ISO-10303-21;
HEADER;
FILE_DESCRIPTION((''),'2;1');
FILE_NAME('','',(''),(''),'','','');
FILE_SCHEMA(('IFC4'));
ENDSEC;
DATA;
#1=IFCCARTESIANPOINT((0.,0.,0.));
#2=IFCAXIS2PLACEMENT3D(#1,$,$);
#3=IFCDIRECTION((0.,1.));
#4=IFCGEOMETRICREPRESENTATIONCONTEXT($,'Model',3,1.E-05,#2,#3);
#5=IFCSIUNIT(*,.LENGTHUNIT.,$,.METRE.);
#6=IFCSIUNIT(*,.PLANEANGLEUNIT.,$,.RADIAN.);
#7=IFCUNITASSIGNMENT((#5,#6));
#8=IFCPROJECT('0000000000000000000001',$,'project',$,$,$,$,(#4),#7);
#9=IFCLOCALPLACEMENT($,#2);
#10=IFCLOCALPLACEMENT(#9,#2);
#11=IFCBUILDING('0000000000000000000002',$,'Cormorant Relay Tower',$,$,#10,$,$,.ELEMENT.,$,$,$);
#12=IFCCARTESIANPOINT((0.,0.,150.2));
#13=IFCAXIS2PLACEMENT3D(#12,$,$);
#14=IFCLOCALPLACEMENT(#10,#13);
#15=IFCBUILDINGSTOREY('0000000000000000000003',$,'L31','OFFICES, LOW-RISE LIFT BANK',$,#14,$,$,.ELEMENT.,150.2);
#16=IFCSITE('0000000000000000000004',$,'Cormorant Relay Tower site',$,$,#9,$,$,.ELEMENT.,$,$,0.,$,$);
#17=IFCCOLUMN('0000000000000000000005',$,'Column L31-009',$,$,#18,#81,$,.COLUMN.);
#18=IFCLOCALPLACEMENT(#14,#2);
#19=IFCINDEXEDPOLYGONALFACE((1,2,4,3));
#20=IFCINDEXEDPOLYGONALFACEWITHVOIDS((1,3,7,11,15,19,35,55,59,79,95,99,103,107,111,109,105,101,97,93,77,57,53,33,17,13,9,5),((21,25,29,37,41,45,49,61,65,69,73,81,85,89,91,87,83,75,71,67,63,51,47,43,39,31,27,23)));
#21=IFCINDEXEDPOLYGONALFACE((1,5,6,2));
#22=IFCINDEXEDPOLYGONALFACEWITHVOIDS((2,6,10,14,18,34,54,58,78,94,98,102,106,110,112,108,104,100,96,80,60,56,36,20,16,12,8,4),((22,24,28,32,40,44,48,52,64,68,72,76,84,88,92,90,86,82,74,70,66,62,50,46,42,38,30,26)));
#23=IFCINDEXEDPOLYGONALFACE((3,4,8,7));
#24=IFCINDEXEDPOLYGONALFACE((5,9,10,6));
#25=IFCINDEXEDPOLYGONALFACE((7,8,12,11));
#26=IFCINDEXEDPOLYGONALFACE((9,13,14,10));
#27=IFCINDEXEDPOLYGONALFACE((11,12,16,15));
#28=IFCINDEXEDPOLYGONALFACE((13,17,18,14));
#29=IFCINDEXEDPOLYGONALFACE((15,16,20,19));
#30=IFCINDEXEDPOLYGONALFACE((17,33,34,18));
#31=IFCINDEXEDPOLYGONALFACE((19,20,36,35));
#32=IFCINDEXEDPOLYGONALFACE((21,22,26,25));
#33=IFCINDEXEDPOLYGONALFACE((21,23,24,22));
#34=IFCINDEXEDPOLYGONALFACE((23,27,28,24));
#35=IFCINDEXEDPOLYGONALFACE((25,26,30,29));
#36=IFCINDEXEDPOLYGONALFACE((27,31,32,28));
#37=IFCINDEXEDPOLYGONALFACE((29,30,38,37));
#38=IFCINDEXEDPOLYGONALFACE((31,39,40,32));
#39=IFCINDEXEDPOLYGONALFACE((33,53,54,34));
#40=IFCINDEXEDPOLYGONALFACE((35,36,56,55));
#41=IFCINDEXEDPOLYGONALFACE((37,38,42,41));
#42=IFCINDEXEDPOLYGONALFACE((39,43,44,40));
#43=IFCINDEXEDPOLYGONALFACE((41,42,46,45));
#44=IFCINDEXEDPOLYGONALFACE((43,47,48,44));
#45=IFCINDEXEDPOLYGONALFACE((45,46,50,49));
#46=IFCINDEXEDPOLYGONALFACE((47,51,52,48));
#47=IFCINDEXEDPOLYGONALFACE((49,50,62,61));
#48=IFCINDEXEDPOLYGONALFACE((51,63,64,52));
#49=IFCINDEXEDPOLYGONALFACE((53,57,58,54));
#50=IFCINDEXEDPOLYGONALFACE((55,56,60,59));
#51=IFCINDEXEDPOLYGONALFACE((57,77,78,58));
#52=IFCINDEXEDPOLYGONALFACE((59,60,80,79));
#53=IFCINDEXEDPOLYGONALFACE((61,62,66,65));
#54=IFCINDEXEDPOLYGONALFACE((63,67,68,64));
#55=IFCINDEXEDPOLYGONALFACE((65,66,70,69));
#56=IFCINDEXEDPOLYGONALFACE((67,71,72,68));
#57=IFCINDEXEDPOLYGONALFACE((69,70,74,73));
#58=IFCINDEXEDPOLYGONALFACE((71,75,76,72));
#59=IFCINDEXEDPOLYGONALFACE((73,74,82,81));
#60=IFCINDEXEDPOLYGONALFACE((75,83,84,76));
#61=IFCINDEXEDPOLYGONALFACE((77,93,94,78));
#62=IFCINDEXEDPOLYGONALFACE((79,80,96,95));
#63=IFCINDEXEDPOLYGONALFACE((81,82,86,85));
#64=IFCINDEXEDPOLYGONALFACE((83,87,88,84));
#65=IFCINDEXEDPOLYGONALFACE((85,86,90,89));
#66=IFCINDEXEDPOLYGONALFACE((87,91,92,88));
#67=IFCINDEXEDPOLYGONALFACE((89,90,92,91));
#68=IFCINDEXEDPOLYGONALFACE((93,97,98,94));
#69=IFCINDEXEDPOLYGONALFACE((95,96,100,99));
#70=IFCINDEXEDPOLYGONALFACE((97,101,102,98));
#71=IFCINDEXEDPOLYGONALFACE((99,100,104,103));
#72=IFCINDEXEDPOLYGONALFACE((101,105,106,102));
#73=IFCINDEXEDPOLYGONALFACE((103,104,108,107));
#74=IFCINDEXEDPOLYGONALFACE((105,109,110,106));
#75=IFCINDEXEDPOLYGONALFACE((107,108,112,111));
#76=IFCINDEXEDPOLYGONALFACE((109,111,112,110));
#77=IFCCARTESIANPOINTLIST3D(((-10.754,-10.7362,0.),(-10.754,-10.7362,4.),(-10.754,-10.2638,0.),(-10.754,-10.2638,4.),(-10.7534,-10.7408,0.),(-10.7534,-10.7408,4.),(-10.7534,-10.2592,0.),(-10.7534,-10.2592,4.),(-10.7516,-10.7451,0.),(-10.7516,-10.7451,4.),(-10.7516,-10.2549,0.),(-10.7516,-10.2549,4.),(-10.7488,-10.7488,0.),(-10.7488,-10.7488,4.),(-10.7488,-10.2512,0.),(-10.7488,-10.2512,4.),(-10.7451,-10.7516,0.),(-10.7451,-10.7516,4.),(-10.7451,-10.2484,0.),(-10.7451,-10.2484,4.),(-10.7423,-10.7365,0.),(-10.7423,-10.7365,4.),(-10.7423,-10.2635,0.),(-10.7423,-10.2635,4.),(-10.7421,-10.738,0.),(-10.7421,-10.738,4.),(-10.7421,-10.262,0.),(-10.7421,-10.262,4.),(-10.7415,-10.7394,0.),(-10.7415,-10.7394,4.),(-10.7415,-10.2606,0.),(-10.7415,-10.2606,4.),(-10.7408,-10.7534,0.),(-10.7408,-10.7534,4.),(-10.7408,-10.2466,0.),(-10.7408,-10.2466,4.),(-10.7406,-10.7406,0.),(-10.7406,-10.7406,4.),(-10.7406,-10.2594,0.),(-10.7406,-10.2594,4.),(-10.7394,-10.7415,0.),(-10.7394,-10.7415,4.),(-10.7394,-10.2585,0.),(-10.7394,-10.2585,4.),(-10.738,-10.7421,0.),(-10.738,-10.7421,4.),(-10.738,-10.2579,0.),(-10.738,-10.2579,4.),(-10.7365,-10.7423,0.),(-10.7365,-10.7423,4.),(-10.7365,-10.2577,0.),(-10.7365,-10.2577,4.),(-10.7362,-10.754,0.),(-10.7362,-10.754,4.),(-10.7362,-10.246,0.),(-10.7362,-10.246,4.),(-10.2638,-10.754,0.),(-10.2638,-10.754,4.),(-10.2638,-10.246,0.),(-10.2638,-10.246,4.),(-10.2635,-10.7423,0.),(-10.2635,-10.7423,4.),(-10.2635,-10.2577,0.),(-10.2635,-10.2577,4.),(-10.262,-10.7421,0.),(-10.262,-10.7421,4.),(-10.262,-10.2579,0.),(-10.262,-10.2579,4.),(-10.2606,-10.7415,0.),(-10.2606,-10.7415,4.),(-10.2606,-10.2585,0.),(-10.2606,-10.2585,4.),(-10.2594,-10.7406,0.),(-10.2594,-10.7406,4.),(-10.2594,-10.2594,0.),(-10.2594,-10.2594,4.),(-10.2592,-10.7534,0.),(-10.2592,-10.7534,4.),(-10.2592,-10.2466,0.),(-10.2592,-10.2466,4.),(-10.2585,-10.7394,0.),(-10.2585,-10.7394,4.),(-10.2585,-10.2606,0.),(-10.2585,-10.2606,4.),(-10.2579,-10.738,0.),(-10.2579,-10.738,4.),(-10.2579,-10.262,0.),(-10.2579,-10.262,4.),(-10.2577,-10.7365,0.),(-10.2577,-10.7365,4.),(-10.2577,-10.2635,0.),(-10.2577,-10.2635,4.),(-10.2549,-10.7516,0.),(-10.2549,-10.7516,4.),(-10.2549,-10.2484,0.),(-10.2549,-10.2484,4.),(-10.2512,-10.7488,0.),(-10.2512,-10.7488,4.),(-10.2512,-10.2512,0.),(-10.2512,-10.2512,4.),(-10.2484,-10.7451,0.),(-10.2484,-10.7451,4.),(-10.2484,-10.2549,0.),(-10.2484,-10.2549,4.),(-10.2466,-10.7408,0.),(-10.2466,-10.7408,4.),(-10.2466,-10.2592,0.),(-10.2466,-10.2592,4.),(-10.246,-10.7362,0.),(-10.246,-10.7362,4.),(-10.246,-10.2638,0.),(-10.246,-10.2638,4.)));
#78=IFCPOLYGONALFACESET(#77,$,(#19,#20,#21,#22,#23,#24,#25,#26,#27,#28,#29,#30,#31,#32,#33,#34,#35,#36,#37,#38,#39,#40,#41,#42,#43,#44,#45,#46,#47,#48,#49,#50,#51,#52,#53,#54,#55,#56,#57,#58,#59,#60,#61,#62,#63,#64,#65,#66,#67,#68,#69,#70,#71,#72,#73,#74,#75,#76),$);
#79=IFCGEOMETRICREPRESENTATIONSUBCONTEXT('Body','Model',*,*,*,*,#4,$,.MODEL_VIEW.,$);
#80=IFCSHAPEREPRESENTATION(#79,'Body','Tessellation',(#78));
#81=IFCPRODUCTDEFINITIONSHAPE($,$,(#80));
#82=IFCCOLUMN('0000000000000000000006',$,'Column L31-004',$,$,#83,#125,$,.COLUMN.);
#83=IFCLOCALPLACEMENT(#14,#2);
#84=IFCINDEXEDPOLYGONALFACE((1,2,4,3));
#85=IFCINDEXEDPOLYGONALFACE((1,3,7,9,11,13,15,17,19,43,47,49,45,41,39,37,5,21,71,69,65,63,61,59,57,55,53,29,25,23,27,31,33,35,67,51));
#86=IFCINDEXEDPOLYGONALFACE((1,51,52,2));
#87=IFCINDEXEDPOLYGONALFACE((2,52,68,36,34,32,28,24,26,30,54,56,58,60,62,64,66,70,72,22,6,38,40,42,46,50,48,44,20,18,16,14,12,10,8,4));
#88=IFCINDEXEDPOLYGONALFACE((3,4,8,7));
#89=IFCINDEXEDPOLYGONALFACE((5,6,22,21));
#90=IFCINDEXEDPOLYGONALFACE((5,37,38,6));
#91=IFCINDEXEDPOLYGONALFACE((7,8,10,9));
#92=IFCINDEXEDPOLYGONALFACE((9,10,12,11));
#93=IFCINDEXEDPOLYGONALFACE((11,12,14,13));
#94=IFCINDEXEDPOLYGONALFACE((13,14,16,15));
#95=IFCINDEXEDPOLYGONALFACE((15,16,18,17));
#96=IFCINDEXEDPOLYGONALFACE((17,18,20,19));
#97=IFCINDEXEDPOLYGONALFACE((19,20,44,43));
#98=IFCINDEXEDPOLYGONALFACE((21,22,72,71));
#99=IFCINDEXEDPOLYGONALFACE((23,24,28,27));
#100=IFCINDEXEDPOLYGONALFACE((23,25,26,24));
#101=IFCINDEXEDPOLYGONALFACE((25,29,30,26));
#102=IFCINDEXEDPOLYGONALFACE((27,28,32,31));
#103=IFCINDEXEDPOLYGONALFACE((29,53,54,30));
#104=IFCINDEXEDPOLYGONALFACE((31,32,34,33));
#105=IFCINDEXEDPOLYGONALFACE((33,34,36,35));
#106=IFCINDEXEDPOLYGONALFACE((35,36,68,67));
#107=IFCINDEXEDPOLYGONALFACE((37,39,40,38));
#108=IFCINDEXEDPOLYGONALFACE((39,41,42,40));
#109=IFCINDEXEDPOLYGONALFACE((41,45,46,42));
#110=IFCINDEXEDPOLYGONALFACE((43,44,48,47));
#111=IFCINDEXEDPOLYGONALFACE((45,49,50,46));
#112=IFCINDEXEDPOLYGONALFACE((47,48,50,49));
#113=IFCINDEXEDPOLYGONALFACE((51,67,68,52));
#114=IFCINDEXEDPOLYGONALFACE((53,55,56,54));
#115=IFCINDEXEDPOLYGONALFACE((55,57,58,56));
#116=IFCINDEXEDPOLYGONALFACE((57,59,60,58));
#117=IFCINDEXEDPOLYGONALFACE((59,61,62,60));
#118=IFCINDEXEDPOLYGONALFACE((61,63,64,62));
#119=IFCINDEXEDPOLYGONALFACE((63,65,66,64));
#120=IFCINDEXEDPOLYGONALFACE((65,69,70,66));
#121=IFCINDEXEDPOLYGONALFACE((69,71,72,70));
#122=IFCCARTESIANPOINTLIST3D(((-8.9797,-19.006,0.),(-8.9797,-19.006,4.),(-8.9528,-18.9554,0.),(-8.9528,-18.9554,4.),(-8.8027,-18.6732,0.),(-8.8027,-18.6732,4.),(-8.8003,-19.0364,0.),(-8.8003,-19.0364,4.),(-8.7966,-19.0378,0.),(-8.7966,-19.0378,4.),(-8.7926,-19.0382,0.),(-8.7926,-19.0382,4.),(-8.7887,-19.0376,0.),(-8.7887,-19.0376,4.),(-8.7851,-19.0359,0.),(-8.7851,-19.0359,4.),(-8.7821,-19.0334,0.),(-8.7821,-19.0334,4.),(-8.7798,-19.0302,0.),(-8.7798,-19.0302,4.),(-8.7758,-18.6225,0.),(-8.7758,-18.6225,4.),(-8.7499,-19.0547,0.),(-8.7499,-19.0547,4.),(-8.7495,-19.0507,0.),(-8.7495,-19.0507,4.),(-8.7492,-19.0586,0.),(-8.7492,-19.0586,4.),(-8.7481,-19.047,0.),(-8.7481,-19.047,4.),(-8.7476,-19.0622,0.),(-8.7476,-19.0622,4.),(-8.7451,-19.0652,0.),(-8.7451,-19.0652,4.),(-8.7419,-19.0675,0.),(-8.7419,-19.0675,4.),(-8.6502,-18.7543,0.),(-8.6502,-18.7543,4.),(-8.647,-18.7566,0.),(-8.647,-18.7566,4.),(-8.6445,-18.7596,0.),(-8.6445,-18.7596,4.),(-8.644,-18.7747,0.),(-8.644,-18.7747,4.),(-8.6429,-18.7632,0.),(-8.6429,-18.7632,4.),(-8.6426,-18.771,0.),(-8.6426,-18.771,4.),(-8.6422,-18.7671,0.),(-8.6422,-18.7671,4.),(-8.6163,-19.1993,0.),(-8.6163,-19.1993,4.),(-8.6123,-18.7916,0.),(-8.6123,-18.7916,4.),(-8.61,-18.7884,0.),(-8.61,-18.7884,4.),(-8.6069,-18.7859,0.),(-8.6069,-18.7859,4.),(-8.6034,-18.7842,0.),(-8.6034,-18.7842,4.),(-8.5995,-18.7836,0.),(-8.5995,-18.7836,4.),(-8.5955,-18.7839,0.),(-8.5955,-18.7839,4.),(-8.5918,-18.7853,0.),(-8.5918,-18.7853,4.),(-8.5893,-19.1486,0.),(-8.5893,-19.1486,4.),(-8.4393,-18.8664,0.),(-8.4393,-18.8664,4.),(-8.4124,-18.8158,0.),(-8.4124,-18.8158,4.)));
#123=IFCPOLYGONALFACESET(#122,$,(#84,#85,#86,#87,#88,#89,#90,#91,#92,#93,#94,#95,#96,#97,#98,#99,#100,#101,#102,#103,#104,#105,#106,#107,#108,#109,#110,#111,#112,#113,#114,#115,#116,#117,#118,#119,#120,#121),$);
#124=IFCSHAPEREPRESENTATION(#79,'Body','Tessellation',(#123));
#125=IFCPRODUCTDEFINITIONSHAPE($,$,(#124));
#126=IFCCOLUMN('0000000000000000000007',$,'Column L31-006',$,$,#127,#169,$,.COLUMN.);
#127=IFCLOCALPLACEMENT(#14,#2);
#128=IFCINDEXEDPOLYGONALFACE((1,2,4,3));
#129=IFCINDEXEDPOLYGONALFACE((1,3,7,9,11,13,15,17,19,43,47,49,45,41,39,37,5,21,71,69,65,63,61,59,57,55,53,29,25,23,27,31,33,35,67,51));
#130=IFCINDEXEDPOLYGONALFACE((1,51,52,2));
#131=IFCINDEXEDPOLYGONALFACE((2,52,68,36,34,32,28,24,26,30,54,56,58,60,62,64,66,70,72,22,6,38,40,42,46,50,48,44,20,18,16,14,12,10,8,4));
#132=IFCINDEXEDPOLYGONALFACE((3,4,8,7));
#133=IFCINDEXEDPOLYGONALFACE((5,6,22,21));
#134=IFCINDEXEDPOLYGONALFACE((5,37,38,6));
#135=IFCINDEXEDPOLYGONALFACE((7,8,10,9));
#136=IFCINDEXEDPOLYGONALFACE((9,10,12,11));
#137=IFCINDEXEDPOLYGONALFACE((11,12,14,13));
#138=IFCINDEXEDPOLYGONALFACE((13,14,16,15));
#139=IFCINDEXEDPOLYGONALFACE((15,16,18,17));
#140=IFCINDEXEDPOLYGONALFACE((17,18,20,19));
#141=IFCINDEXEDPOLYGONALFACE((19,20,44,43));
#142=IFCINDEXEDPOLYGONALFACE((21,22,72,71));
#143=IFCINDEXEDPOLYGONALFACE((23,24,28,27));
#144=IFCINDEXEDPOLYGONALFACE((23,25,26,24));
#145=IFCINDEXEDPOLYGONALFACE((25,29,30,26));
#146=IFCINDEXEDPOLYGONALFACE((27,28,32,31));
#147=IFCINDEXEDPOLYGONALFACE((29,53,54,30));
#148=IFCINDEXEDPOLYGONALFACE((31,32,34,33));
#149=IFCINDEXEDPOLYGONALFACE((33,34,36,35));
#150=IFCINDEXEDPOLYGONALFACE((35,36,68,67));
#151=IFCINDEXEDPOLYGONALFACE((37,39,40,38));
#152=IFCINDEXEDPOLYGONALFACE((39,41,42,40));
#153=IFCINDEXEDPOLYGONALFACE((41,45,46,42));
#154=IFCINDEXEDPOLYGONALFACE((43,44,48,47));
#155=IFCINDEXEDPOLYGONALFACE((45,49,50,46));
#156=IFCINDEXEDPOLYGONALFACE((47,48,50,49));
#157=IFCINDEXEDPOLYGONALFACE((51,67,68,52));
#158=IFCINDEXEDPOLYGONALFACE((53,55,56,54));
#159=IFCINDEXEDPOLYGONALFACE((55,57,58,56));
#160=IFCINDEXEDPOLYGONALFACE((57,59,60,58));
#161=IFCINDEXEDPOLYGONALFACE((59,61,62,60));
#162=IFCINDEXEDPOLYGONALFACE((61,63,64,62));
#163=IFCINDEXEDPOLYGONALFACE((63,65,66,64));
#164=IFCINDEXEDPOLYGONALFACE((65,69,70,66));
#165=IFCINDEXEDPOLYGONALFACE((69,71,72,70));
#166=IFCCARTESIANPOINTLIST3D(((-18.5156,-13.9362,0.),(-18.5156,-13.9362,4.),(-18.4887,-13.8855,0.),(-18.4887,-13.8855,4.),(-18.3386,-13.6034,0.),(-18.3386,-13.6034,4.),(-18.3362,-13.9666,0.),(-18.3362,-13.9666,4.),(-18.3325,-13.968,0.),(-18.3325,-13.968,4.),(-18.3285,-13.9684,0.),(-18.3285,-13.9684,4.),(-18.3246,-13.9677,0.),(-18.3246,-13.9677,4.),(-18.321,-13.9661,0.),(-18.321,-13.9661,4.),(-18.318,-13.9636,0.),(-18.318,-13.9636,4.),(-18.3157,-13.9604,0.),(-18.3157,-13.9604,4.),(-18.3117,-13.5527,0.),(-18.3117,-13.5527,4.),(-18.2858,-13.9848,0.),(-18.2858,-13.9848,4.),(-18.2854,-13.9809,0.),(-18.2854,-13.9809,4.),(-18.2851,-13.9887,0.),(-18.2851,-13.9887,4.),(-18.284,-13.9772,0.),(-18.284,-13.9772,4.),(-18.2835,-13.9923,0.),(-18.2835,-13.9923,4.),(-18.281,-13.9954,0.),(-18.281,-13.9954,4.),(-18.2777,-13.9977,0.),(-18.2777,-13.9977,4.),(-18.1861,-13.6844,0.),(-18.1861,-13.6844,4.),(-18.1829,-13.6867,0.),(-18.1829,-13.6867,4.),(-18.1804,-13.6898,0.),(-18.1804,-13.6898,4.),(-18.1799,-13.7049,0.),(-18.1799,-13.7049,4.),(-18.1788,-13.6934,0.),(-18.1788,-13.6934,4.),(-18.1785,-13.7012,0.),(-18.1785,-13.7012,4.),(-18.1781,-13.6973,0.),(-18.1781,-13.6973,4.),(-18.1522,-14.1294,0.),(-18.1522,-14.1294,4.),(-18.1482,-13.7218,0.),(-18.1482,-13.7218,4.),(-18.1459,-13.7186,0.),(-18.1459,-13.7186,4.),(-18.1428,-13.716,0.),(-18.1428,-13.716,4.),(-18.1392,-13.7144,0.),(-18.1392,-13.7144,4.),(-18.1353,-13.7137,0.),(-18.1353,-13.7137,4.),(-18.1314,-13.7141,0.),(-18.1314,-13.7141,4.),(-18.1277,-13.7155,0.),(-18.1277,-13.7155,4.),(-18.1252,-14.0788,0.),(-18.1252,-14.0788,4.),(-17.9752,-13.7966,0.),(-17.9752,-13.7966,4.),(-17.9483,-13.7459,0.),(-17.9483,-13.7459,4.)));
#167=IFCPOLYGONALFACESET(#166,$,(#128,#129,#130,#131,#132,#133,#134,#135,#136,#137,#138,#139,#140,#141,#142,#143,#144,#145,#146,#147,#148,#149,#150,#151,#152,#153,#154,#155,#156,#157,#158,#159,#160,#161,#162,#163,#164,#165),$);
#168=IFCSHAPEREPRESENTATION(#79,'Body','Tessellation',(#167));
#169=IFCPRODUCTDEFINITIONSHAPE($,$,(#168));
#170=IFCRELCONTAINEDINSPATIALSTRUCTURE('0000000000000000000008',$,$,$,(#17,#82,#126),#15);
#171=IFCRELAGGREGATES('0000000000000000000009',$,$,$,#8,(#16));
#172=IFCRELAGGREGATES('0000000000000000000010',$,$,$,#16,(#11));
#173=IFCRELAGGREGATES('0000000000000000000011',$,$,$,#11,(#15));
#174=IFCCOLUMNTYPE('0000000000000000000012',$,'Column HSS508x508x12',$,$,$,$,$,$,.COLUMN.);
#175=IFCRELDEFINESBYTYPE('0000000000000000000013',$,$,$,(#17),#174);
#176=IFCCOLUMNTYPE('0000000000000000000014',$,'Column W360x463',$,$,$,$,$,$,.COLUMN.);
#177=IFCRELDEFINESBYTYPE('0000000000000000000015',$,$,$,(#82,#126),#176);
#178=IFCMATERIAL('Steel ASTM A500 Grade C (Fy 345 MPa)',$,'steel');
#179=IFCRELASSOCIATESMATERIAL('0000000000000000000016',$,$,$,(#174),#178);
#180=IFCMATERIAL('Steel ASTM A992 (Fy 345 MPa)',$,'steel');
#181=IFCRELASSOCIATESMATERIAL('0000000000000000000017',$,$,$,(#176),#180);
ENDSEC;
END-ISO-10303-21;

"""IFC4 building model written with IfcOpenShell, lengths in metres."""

from ifc_helpers import new_model, si_unit, direction, frame, origin, origin_2d, place, context, subcontext, project, spatial, hollow_rectangle, i_section, extrude, material, material_profile, profile_set, type_object, element, save


model = new_model("IFC4")

# Units and contexts
model_context = context("Model", 3, precision=1e-05, world=origin(), true_north=direction((0.0, 1.0)))
body_context = subcontext(model_context, "Body", "Model", "MODEL_VIEW")
ifc_project = project(units=[si_unit("LENGTHUNIT", "METRE"), si_unit("PLANEANGLEUNIT", "RADIAN")], contexts=[model_context])

# Site, building, storey
site_placement = place(None, origin())
site = spatial("IfcSite", under=ifc_project, at=site_placement, Name="Cormorant Relay Tower site", CompositionType="ELEMENT", RefElevation=0.0)
building_placement = place(site_placement, origin())
building = spatial("IfcBuilding", under=site, at=building_placement, Name="Cormorant Relay Tower", CompositionType="ELEMENT")
storey_placement = place(building_placement, frame((0.0, 0.0, 150.2)))
storey = spatial("IfcBuildingStorey", under=building, at=storey_placement, Name="L31", Description="OFFICES, LOW-RISE LIFT BANK", CompositionType="ELEMENT", Elevation=150.2)

# Columns
ifc_material_1 = material(Name="Steel ASTM A500 Grade C (Fy 345 MPa)", Category="steel")
ifc_material_profile_1 = material_profile(ifc_material_1, hollow_rectangle(XDim=0.5081, YDim=0.5081, WallThickness=0.0117, InnerFilletRadius=0.0059, OuterFilletRadius=0.0178, at=origin_2d()), Name="HSS508x508x12")
ifc_profile_set_1 = profile_set([ifc_material_profile_1], Name="Steel ASTM A500 Grade C (Fy 345 MPa)")
column_type_1 = type_object("IfcColumnType", Name="Column HSS508x508x12", PredefinedType="COLUMN", material=ifc_profile_set_1)
column_1_placement = place(storey_placement, frame((-10.5, -10.5, 0.0), z_axis=(0.0, 0.0, 1.0), x_axis=(1.0, 0.0, 0.0)))
element("IfcColumn", 1, at=column_1_placement, inside=storey, type_object=column_type_1, Name="Column L31-009", PredefinedType="COLUMN", context=body_context, shape_type="SweptSolid", body=[
    extrude(hollow_rectangle(XDim=0.5081, YDim=0.5081, WallThickness=0.0117, InnerFilletRadius=0.0059, OuterFilletRadius=0.0178, at=origin_2d()), origin(), (0.0, 0.0, 1.0), 4.0),
])
ifc_material_2 = material(Name="Steel ASTM A992 (Fy 345 MPa)", Category="steel")
ifc_material_profile_2 = material_profile(ifc_material_2, i_section(OverallWidth=0.4116, OverallDepth=0.4343, WebThickness=0.0359, FlangeThickness=0.0574, FilletRadius=0.0151, at=origin_2d()), Name="W360x463")
ifc_profile_set_2 = profile_set([ifc_material_profile_2], Name="Steel ASTM A992 (Fy 345 MPa)")
column_type_2 = type_object("IfcColumnType", Name="Column W360x463", PredefinedType="COLUMN", material=ifc_profile_set_2)
for number, where, z_axis, x_axis, name in (
    (2, (-8.696, -18.9109, 0.0), (0.0, 0.0, 1.0), (0.882948, -0.469472, 0.0), "Column L31-004"),
    (3, (-18.2319, -13.8411, 0.0), (0.0, 0.0, 1.0), (0.882948, -0.469472, 0.0), "Column L31-006"),
):
    element("IfcColumn", number, at=place(storey_placement, frame(where, z_axis=z_axis, x_axis=x_axis)), inside=storey, type_object=column_type_2, Name=name, PredefinedType="COLUMN", context=body_context, shape_type="SweptSolid", body=[
        extrude(i_section(OverallWidth=0.4116, OverallDepth=0.4343, WebThickness=0.0359, FlangeThickness=0.0574, FilletRadius=0.0151, at=origin_2d()), origin(), (0.0, 0.0, 1.0), 4.0),
    ])

save(model, "model.ifc")
